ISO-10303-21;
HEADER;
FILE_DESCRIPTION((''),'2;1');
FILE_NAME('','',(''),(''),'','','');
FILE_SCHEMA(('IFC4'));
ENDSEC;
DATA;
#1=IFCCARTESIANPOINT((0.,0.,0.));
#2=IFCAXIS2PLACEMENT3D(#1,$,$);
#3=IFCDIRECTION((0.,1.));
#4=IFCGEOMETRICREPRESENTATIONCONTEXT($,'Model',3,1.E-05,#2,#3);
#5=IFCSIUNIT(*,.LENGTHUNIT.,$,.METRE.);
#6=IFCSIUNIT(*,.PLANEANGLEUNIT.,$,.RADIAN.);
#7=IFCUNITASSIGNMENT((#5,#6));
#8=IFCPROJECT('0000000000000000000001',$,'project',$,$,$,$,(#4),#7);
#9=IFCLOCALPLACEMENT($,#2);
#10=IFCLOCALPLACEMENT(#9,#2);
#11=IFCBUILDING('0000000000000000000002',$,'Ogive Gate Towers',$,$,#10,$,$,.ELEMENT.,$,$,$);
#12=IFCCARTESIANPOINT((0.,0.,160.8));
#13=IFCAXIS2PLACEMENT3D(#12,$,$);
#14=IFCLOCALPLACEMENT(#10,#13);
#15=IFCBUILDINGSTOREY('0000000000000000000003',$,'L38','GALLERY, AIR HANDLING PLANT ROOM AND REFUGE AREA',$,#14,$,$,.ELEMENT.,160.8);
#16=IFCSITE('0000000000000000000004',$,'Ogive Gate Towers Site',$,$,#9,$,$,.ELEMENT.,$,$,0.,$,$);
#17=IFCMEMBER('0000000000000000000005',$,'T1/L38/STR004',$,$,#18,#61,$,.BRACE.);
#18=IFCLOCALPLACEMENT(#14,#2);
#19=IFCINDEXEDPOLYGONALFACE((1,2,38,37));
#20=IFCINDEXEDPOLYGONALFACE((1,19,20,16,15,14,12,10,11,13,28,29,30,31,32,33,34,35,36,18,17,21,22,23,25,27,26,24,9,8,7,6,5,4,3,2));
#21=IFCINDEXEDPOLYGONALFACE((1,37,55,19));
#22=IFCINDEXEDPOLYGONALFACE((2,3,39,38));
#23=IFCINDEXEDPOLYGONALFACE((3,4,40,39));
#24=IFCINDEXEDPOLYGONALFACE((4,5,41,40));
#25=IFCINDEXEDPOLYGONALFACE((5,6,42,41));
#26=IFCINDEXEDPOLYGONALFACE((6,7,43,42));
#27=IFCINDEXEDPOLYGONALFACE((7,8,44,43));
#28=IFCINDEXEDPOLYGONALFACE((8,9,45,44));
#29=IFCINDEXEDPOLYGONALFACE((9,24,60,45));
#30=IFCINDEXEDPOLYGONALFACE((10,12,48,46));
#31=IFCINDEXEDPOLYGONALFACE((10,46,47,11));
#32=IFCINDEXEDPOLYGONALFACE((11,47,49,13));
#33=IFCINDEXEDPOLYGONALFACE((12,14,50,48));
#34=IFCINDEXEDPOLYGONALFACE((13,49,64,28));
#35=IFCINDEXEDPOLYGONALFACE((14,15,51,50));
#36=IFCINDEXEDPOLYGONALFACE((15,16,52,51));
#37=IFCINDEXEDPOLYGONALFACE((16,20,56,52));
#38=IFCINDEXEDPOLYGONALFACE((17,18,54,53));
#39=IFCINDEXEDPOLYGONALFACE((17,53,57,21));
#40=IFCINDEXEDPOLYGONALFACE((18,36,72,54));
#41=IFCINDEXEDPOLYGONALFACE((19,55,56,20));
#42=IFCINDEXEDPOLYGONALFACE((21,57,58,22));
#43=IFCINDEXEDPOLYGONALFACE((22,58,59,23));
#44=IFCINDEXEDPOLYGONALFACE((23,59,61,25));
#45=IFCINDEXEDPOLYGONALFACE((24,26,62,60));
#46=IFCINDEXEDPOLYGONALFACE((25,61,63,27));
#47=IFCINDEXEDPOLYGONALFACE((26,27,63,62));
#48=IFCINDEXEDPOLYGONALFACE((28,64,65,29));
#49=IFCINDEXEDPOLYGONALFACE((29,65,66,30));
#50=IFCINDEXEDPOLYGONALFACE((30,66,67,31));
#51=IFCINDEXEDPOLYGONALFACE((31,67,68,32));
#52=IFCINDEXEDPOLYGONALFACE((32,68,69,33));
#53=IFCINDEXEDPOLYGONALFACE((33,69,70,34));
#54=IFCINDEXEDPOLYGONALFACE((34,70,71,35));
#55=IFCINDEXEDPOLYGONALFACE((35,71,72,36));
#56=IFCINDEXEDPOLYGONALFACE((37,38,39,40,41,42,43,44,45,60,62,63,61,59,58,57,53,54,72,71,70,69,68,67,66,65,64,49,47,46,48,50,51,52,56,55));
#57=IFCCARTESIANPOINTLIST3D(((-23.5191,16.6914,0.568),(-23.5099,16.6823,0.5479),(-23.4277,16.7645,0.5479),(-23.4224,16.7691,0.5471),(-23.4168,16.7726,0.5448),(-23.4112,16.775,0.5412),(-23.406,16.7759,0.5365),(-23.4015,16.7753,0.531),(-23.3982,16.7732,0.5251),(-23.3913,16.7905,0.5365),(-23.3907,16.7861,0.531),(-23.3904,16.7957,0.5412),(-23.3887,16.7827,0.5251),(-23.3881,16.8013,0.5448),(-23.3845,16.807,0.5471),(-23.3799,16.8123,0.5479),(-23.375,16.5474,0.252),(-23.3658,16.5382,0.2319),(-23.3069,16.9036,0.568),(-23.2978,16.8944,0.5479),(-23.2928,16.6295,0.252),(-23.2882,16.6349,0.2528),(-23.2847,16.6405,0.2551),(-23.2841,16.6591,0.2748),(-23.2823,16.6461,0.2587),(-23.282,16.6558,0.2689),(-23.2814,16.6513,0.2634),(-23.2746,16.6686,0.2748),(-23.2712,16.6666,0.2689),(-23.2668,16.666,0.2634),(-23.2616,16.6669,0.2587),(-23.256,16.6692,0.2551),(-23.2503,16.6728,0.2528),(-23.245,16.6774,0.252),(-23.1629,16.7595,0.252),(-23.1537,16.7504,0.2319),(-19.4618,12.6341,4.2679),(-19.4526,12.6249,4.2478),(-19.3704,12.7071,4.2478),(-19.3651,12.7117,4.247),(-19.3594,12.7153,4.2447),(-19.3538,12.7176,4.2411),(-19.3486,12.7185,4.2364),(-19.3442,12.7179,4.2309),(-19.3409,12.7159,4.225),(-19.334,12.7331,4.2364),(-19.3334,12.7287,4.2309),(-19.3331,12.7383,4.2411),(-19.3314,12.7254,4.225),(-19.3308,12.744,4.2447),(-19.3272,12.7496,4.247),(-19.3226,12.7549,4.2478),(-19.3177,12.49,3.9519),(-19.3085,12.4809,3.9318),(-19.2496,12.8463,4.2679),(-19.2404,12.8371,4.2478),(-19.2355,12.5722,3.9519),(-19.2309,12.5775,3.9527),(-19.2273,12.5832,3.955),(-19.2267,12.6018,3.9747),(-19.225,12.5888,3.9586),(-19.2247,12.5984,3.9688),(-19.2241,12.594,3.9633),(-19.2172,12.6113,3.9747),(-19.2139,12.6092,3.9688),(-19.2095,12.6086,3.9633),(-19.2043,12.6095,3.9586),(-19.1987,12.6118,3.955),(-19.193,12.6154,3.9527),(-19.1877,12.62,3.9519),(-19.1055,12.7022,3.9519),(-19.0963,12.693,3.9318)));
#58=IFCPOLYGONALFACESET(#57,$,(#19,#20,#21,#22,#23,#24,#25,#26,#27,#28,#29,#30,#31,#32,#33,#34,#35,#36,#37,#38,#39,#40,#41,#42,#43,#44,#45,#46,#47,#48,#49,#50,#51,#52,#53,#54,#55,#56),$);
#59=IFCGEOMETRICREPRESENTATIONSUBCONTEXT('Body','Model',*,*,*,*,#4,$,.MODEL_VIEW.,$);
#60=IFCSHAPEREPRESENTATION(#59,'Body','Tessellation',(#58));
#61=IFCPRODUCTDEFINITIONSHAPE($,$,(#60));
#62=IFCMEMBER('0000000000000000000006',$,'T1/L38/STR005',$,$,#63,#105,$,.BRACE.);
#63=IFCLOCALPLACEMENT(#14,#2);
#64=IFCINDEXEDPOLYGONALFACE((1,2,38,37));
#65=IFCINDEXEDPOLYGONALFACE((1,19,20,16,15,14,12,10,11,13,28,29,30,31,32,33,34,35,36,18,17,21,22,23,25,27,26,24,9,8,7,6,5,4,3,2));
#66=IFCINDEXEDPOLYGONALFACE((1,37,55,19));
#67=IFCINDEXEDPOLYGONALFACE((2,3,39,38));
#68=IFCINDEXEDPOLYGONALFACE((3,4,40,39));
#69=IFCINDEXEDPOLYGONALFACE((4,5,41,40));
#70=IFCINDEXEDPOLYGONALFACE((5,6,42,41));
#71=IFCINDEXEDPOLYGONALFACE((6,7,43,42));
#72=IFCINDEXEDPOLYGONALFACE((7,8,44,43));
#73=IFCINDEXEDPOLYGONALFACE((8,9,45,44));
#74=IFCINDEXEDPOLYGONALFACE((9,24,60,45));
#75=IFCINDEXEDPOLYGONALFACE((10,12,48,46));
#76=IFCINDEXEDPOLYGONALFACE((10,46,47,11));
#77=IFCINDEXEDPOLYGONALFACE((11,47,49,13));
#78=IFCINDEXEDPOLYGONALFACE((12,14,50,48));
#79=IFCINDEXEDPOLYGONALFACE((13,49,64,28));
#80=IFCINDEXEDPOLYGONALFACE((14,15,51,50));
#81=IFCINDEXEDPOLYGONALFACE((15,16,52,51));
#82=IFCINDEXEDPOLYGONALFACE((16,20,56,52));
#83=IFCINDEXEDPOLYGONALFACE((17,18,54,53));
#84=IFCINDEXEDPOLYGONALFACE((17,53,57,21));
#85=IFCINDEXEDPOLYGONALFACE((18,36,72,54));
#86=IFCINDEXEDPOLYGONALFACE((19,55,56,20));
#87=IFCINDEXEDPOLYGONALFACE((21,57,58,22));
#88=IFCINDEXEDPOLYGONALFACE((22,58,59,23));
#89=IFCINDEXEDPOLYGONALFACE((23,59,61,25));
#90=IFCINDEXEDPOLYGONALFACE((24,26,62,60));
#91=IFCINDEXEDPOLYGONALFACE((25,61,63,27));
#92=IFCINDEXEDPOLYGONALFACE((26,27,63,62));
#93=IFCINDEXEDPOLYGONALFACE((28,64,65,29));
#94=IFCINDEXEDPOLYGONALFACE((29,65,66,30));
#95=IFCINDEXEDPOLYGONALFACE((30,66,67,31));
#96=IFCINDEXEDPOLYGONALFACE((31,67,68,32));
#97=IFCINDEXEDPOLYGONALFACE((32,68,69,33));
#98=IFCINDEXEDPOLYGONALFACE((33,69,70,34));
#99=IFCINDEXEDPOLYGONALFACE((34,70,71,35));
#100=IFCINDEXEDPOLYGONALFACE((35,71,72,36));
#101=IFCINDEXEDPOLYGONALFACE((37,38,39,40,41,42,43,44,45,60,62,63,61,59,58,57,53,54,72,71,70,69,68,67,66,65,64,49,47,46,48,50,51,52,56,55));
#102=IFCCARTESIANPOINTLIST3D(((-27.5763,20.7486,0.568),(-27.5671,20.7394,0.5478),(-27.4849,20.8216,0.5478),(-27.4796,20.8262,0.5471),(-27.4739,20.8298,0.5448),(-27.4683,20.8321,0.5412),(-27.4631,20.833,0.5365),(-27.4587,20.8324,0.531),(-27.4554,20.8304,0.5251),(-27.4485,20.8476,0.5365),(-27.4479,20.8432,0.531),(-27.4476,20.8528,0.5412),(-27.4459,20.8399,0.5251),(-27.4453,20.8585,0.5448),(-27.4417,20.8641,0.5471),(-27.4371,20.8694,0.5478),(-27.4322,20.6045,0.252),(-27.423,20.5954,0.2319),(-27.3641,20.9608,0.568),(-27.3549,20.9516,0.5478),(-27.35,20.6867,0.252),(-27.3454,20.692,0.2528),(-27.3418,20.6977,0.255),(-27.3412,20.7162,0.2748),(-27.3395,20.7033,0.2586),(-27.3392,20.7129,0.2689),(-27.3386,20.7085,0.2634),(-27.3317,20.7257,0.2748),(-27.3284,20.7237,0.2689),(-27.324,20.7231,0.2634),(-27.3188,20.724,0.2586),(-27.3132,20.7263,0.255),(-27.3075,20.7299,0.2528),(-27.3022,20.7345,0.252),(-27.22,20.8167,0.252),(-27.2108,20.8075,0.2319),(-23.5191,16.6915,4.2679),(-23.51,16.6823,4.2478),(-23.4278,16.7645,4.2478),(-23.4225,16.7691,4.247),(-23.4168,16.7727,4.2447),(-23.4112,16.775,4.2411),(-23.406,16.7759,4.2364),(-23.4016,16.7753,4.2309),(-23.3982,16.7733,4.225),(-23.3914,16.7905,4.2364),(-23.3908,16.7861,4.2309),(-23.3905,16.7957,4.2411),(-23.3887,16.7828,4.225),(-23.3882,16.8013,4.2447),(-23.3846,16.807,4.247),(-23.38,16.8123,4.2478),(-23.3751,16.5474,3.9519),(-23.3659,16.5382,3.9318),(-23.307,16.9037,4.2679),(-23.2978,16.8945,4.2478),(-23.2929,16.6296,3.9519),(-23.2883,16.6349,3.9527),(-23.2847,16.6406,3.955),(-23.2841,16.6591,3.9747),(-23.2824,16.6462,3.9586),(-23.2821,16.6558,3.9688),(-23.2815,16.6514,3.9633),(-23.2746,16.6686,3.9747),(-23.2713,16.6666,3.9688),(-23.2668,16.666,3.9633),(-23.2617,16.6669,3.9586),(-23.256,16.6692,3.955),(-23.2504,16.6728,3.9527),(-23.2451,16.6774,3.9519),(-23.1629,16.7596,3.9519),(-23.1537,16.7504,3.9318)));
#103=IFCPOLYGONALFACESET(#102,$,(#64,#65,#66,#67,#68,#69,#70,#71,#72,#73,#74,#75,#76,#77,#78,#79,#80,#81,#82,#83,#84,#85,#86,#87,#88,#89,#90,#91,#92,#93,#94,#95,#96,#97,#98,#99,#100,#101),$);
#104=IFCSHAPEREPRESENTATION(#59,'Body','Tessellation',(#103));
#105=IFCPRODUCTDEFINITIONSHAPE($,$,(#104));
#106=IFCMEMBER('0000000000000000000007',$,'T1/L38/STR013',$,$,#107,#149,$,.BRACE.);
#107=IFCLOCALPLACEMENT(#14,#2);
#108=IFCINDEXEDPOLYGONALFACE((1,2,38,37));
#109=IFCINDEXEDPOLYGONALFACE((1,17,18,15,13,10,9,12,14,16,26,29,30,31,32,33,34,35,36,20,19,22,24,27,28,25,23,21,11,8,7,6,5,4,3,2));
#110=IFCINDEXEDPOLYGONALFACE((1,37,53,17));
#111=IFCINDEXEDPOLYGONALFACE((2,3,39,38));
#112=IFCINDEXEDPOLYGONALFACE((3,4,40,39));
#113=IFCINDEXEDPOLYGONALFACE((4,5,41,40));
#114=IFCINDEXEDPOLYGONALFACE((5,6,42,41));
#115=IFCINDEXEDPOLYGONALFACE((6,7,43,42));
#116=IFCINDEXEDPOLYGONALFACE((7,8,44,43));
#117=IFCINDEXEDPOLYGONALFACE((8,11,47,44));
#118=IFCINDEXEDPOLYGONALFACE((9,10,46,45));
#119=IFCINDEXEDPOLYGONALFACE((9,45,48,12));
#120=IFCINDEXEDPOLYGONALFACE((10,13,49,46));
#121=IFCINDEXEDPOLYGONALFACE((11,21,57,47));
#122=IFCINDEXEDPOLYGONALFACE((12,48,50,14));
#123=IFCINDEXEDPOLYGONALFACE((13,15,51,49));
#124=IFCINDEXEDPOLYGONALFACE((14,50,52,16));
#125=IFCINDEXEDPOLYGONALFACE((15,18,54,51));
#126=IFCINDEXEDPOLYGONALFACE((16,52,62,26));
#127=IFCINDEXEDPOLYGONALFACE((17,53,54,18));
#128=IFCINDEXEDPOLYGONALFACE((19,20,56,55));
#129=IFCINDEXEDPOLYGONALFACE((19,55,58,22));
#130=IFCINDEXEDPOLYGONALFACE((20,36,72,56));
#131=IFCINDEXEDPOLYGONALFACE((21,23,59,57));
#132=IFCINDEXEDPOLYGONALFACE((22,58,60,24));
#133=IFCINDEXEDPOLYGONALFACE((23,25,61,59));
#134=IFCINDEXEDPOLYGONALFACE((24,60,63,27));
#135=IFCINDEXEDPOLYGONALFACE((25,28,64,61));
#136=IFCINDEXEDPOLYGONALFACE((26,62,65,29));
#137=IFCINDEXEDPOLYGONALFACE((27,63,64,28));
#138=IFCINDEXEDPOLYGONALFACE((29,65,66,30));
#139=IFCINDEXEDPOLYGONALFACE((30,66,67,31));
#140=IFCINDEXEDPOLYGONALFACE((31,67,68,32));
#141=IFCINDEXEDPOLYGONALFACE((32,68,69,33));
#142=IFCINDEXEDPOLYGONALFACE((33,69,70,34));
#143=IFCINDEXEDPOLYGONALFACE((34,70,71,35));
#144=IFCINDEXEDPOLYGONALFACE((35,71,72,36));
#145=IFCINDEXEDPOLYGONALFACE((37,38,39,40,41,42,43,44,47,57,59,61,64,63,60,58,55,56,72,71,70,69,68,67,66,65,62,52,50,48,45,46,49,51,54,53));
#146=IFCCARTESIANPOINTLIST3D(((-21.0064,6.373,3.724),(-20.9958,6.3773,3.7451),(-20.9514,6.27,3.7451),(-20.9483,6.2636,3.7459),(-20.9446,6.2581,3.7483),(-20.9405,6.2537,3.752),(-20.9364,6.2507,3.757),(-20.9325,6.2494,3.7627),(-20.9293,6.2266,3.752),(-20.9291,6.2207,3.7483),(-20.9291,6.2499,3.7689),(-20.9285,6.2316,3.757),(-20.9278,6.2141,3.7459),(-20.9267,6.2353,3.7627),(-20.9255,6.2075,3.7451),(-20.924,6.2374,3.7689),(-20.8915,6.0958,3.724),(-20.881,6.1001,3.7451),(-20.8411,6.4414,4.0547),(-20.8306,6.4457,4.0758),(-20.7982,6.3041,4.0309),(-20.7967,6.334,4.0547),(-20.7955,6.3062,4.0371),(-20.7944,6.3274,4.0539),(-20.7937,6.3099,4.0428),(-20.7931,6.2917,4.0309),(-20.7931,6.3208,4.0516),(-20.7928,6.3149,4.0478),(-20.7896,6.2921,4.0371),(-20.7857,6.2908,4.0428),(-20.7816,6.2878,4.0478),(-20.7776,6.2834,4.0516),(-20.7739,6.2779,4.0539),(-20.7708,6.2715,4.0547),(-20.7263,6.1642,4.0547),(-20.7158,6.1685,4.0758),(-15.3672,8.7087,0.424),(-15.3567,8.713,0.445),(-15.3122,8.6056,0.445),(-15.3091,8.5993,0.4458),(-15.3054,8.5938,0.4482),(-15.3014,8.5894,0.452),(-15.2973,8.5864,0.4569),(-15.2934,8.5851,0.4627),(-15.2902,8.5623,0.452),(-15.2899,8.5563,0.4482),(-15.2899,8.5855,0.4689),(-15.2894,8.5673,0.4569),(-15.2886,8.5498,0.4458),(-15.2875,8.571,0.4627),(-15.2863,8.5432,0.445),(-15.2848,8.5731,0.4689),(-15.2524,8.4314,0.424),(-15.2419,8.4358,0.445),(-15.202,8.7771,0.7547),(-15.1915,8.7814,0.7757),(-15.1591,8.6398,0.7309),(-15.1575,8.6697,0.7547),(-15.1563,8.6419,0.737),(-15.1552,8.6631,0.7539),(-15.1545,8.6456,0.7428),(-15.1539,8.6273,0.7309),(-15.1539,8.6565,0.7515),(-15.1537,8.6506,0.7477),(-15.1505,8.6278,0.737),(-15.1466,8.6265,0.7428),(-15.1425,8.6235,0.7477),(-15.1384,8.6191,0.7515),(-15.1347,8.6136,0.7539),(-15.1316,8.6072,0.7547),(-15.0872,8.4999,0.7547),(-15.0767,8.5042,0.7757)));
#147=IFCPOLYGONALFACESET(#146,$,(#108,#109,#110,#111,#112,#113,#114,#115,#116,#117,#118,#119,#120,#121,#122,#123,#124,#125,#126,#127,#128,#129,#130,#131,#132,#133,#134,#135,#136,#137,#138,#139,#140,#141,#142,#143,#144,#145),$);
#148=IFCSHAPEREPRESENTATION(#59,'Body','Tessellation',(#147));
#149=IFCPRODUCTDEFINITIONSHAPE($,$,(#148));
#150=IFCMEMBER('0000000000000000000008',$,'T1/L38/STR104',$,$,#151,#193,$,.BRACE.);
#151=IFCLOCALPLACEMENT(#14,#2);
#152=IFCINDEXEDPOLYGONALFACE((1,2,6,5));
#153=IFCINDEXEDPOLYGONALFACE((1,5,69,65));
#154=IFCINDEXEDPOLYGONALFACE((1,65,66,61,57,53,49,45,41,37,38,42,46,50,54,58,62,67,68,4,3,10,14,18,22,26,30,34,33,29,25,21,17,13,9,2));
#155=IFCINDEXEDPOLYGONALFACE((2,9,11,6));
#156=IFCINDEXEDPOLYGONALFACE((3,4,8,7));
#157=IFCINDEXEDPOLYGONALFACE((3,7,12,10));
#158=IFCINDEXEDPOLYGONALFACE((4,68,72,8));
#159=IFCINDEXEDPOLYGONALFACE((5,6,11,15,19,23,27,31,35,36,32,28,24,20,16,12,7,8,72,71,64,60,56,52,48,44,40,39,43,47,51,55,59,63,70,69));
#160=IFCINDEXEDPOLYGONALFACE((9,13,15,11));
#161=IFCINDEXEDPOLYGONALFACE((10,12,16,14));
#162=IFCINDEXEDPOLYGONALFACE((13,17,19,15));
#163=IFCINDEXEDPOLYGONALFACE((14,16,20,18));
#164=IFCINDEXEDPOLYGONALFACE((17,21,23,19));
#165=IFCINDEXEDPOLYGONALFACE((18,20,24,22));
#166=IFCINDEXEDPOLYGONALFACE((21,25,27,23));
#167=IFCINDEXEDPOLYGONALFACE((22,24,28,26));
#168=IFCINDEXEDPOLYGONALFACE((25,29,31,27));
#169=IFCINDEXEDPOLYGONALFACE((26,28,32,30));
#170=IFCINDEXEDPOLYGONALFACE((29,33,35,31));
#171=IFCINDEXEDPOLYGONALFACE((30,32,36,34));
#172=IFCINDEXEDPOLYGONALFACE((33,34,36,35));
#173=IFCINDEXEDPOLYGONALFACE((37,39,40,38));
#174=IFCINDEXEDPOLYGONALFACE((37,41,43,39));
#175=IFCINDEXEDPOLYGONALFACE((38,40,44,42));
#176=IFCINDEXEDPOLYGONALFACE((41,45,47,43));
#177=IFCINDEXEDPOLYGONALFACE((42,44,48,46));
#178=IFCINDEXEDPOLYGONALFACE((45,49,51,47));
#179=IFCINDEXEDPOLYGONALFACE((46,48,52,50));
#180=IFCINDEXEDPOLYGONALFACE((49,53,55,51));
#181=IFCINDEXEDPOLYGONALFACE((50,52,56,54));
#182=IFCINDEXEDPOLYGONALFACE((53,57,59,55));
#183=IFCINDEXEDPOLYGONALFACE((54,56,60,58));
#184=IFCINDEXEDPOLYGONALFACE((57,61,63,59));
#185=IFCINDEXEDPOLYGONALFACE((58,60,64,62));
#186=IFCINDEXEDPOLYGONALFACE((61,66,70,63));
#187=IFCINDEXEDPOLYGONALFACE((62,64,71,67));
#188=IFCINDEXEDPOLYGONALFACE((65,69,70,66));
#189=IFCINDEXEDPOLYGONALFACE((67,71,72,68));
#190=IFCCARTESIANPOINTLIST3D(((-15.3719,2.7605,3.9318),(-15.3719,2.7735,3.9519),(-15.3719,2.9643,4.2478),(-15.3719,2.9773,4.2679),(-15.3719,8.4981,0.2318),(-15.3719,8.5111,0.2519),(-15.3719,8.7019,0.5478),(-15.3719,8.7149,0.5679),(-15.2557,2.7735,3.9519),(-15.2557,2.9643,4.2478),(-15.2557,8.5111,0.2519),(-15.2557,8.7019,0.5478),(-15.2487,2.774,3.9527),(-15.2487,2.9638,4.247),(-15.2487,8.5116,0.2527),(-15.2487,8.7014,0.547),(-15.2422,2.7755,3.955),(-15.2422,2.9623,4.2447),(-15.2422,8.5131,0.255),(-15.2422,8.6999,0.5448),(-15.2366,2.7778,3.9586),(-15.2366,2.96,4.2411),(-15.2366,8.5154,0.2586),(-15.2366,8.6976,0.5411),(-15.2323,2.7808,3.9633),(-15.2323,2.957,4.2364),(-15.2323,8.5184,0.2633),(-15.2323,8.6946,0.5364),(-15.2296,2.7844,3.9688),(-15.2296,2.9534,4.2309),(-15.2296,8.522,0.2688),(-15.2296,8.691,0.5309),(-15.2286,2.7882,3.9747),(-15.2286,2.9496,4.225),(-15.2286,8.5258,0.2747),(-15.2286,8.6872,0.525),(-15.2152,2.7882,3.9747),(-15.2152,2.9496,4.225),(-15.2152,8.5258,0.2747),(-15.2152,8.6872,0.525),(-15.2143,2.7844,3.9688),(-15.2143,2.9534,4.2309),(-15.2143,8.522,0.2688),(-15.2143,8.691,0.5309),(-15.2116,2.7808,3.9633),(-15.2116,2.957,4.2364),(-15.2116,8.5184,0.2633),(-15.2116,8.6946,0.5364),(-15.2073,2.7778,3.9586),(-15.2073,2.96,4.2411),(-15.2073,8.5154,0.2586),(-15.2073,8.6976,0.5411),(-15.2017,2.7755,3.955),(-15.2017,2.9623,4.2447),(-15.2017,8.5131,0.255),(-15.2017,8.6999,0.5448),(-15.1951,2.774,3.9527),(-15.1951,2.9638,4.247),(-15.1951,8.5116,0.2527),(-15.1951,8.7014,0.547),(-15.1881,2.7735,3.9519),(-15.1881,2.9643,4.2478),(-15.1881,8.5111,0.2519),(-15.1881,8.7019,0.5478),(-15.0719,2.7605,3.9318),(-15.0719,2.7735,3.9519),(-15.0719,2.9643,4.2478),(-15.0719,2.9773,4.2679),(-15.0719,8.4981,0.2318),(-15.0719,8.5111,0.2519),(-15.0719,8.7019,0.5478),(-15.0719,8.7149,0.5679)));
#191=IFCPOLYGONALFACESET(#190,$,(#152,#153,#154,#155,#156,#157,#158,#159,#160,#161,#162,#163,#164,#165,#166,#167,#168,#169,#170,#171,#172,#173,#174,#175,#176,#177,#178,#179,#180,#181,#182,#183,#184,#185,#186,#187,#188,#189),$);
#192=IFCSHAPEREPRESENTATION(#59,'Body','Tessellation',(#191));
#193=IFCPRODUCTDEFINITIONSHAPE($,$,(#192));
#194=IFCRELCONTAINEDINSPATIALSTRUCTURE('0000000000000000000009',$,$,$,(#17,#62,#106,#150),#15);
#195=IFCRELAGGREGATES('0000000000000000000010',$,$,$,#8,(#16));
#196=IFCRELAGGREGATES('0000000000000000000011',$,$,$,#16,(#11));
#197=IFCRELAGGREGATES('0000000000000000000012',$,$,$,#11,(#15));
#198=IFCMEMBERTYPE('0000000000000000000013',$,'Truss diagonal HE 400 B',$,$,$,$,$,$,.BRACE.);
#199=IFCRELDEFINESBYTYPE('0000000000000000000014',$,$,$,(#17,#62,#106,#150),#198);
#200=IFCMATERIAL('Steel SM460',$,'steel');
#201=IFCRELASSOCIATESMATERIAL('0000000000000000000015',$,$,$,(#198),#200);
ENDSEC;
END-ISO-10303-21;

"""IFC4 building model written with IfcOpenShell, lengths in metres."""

from ifc_helpers import new_model, si_unit, direction, frame, origin, origin_2d, place, context, subcontext, project, spatial, i_section, extrude, material, material_profile, profile_set, type_object, element, save


model = new_model("IFC4")

# Units and contexts
model_context = context("Model", 3, precision=1e-05, world=origin(), true_north=direction((0.0, 1.0)))
body_context = subcontext(model_context, "Body", "Model", "MODEL_VIEW")
ifc_project = project(units=[si_unit("LENGTHUNIT", "METRE"), si_unit("PLANEANGLEUNIT", "RADIAN")], contexts=[model_context])

# Site, building, storey
site_placement = place(None, origin())
site = spatial("IfcSite", under=ifc_project, at=site_placement, Name="Ogive Gate Towers Site", CompositionType="ELEMENT", RefElevation=0.0)
building_placement = place(site_placement, origin())
building = spatial("IfcBuilding", under=site, at=building_placement, Name="Ogive Gate Towers", CompositionType="ELEMENT")
storey_placement = place(building_placement, frame((0.0, 0.0, 160.8)))
storey = spatial("IfcBuildingStorey", under=building, at=storey_placement, Name="L38", Description="GALLERY, AIR HANDLING PLANT ROOM AND REFUGE AREA", CompositionType="ELEMENT", Elevation=160.8)

# Shared definitions
ifc_material_1 = material(Name="Steel SM460", Category="steel")

# Members
ifc_material_profile_1 = material_profile(ifc_material_1, i_section(OverallWidth=0.3, OverallDepth=0.3999, WebThickness=0.0134, FlangeThickness=0.0239, FilletRadius=0.0271, at=origin_2d()), Name="HE 400 B")
ifc_profile_set_1 = profile_set([ifc_material_profile_1], Name="Steel SM460")
member_type_1 = type_object("IfcMemberType", Name="Truss diagonal HE 400 B", PredefinedType="BRACE", material=ifc_profile_set_1)
member_1_placement = place(storey_placement, frame((-19.2791, 12.6636, 4.0999), z_axis=(-0.594273, 0.594273, -0.541922), x_axis=(-0.707107, -0.707107, 0.0)))
element("IfcMember", 1, at=member_1_placement, inside=storey, type_object=member_type_1, Name="T1/L38/STR004", PredefinedType="BRACE", context=body_context, shape_type="SweptSolid", body=[
    extrude(i_section(OverallWidth=0.3, OverallDepth=0.3999, WebThickness=0.0134, FlangeThickness=0.0239, FilletRadius=0.0271, at=origin_2d()), origin(), (0.0, 0.0, 1.0), 6.8274),
])
member_2_placement = place(storey_placement, frame((-23.3364, 16.7209, 4.0999), z_axis=(-0.594262, 0.594262, -0.541945), x_axis=(-0.707107, -0.707107, 0.0)))
element("IfcMember", 2, at=member_2_placement, inside=storey, type_object=member_type_1, Name="T1/L38/STR005", PredefinedType="BRACE", context=body_context, shape_type="SweptSolid", body=[
    extrude(i_section(OverallWidth=0.3, OverallDepth=0.3999, WebThickness=0.0134, FlangeThickness=0.0239, FilletRadius=0.0271, at=origin_2d()), origin(), (0.0, 0.0, 1.0), 6.8271),
])
member_3_placement = place(storey_placement, frame((-20.8611, 6.2708, 3.8999), z_axis=(0.812708, 0.336617, -0.475599), x_axis=(-0.382666, 0.923887, 0.0)))
element("IfcMember", 3, at=member_3_placement, inside=storey, type_object=member_type_1, Name="T1/L38/STR013", PredefinedType="BRACE", context=body_context, shape_type="SweptSolid", body=[
    extrude(i_section(OverallWidth=0.3, OverallDepth=0.3999, WebThickness=0.0134, FlangeThickness=0.0239, FilletRadius=0.0271, at=origin_2d()), origin(), (0.0, 0.0, 1.0), 6.9387),
])
member_4_placement = place(storey_placement, frame((-15.2219, 2.8689, 4.0999), z_axis=(0.0, 0.84041, -0.541952), x_axis=(-1.0, 0.0, 0.0)))
element("IfcMember", 4, at=member_4_placement, inside=storey, type_object=member_type_1, Name="T1/L38/STR104", PredefinedType="BRACE", context=body_context, shape_type="SweptSolid", body=[
    extrude(i_section(OverallWidth=0.3, OverallDepth=0.3999, WebThickness=0.0134, FlangeThickness=0.0239, FilletRadius=0.0271, at=origin_2d()), origin(), (0.0, 0.0, 1.0), 6.8271),
])

save(model, "model.ifc")
